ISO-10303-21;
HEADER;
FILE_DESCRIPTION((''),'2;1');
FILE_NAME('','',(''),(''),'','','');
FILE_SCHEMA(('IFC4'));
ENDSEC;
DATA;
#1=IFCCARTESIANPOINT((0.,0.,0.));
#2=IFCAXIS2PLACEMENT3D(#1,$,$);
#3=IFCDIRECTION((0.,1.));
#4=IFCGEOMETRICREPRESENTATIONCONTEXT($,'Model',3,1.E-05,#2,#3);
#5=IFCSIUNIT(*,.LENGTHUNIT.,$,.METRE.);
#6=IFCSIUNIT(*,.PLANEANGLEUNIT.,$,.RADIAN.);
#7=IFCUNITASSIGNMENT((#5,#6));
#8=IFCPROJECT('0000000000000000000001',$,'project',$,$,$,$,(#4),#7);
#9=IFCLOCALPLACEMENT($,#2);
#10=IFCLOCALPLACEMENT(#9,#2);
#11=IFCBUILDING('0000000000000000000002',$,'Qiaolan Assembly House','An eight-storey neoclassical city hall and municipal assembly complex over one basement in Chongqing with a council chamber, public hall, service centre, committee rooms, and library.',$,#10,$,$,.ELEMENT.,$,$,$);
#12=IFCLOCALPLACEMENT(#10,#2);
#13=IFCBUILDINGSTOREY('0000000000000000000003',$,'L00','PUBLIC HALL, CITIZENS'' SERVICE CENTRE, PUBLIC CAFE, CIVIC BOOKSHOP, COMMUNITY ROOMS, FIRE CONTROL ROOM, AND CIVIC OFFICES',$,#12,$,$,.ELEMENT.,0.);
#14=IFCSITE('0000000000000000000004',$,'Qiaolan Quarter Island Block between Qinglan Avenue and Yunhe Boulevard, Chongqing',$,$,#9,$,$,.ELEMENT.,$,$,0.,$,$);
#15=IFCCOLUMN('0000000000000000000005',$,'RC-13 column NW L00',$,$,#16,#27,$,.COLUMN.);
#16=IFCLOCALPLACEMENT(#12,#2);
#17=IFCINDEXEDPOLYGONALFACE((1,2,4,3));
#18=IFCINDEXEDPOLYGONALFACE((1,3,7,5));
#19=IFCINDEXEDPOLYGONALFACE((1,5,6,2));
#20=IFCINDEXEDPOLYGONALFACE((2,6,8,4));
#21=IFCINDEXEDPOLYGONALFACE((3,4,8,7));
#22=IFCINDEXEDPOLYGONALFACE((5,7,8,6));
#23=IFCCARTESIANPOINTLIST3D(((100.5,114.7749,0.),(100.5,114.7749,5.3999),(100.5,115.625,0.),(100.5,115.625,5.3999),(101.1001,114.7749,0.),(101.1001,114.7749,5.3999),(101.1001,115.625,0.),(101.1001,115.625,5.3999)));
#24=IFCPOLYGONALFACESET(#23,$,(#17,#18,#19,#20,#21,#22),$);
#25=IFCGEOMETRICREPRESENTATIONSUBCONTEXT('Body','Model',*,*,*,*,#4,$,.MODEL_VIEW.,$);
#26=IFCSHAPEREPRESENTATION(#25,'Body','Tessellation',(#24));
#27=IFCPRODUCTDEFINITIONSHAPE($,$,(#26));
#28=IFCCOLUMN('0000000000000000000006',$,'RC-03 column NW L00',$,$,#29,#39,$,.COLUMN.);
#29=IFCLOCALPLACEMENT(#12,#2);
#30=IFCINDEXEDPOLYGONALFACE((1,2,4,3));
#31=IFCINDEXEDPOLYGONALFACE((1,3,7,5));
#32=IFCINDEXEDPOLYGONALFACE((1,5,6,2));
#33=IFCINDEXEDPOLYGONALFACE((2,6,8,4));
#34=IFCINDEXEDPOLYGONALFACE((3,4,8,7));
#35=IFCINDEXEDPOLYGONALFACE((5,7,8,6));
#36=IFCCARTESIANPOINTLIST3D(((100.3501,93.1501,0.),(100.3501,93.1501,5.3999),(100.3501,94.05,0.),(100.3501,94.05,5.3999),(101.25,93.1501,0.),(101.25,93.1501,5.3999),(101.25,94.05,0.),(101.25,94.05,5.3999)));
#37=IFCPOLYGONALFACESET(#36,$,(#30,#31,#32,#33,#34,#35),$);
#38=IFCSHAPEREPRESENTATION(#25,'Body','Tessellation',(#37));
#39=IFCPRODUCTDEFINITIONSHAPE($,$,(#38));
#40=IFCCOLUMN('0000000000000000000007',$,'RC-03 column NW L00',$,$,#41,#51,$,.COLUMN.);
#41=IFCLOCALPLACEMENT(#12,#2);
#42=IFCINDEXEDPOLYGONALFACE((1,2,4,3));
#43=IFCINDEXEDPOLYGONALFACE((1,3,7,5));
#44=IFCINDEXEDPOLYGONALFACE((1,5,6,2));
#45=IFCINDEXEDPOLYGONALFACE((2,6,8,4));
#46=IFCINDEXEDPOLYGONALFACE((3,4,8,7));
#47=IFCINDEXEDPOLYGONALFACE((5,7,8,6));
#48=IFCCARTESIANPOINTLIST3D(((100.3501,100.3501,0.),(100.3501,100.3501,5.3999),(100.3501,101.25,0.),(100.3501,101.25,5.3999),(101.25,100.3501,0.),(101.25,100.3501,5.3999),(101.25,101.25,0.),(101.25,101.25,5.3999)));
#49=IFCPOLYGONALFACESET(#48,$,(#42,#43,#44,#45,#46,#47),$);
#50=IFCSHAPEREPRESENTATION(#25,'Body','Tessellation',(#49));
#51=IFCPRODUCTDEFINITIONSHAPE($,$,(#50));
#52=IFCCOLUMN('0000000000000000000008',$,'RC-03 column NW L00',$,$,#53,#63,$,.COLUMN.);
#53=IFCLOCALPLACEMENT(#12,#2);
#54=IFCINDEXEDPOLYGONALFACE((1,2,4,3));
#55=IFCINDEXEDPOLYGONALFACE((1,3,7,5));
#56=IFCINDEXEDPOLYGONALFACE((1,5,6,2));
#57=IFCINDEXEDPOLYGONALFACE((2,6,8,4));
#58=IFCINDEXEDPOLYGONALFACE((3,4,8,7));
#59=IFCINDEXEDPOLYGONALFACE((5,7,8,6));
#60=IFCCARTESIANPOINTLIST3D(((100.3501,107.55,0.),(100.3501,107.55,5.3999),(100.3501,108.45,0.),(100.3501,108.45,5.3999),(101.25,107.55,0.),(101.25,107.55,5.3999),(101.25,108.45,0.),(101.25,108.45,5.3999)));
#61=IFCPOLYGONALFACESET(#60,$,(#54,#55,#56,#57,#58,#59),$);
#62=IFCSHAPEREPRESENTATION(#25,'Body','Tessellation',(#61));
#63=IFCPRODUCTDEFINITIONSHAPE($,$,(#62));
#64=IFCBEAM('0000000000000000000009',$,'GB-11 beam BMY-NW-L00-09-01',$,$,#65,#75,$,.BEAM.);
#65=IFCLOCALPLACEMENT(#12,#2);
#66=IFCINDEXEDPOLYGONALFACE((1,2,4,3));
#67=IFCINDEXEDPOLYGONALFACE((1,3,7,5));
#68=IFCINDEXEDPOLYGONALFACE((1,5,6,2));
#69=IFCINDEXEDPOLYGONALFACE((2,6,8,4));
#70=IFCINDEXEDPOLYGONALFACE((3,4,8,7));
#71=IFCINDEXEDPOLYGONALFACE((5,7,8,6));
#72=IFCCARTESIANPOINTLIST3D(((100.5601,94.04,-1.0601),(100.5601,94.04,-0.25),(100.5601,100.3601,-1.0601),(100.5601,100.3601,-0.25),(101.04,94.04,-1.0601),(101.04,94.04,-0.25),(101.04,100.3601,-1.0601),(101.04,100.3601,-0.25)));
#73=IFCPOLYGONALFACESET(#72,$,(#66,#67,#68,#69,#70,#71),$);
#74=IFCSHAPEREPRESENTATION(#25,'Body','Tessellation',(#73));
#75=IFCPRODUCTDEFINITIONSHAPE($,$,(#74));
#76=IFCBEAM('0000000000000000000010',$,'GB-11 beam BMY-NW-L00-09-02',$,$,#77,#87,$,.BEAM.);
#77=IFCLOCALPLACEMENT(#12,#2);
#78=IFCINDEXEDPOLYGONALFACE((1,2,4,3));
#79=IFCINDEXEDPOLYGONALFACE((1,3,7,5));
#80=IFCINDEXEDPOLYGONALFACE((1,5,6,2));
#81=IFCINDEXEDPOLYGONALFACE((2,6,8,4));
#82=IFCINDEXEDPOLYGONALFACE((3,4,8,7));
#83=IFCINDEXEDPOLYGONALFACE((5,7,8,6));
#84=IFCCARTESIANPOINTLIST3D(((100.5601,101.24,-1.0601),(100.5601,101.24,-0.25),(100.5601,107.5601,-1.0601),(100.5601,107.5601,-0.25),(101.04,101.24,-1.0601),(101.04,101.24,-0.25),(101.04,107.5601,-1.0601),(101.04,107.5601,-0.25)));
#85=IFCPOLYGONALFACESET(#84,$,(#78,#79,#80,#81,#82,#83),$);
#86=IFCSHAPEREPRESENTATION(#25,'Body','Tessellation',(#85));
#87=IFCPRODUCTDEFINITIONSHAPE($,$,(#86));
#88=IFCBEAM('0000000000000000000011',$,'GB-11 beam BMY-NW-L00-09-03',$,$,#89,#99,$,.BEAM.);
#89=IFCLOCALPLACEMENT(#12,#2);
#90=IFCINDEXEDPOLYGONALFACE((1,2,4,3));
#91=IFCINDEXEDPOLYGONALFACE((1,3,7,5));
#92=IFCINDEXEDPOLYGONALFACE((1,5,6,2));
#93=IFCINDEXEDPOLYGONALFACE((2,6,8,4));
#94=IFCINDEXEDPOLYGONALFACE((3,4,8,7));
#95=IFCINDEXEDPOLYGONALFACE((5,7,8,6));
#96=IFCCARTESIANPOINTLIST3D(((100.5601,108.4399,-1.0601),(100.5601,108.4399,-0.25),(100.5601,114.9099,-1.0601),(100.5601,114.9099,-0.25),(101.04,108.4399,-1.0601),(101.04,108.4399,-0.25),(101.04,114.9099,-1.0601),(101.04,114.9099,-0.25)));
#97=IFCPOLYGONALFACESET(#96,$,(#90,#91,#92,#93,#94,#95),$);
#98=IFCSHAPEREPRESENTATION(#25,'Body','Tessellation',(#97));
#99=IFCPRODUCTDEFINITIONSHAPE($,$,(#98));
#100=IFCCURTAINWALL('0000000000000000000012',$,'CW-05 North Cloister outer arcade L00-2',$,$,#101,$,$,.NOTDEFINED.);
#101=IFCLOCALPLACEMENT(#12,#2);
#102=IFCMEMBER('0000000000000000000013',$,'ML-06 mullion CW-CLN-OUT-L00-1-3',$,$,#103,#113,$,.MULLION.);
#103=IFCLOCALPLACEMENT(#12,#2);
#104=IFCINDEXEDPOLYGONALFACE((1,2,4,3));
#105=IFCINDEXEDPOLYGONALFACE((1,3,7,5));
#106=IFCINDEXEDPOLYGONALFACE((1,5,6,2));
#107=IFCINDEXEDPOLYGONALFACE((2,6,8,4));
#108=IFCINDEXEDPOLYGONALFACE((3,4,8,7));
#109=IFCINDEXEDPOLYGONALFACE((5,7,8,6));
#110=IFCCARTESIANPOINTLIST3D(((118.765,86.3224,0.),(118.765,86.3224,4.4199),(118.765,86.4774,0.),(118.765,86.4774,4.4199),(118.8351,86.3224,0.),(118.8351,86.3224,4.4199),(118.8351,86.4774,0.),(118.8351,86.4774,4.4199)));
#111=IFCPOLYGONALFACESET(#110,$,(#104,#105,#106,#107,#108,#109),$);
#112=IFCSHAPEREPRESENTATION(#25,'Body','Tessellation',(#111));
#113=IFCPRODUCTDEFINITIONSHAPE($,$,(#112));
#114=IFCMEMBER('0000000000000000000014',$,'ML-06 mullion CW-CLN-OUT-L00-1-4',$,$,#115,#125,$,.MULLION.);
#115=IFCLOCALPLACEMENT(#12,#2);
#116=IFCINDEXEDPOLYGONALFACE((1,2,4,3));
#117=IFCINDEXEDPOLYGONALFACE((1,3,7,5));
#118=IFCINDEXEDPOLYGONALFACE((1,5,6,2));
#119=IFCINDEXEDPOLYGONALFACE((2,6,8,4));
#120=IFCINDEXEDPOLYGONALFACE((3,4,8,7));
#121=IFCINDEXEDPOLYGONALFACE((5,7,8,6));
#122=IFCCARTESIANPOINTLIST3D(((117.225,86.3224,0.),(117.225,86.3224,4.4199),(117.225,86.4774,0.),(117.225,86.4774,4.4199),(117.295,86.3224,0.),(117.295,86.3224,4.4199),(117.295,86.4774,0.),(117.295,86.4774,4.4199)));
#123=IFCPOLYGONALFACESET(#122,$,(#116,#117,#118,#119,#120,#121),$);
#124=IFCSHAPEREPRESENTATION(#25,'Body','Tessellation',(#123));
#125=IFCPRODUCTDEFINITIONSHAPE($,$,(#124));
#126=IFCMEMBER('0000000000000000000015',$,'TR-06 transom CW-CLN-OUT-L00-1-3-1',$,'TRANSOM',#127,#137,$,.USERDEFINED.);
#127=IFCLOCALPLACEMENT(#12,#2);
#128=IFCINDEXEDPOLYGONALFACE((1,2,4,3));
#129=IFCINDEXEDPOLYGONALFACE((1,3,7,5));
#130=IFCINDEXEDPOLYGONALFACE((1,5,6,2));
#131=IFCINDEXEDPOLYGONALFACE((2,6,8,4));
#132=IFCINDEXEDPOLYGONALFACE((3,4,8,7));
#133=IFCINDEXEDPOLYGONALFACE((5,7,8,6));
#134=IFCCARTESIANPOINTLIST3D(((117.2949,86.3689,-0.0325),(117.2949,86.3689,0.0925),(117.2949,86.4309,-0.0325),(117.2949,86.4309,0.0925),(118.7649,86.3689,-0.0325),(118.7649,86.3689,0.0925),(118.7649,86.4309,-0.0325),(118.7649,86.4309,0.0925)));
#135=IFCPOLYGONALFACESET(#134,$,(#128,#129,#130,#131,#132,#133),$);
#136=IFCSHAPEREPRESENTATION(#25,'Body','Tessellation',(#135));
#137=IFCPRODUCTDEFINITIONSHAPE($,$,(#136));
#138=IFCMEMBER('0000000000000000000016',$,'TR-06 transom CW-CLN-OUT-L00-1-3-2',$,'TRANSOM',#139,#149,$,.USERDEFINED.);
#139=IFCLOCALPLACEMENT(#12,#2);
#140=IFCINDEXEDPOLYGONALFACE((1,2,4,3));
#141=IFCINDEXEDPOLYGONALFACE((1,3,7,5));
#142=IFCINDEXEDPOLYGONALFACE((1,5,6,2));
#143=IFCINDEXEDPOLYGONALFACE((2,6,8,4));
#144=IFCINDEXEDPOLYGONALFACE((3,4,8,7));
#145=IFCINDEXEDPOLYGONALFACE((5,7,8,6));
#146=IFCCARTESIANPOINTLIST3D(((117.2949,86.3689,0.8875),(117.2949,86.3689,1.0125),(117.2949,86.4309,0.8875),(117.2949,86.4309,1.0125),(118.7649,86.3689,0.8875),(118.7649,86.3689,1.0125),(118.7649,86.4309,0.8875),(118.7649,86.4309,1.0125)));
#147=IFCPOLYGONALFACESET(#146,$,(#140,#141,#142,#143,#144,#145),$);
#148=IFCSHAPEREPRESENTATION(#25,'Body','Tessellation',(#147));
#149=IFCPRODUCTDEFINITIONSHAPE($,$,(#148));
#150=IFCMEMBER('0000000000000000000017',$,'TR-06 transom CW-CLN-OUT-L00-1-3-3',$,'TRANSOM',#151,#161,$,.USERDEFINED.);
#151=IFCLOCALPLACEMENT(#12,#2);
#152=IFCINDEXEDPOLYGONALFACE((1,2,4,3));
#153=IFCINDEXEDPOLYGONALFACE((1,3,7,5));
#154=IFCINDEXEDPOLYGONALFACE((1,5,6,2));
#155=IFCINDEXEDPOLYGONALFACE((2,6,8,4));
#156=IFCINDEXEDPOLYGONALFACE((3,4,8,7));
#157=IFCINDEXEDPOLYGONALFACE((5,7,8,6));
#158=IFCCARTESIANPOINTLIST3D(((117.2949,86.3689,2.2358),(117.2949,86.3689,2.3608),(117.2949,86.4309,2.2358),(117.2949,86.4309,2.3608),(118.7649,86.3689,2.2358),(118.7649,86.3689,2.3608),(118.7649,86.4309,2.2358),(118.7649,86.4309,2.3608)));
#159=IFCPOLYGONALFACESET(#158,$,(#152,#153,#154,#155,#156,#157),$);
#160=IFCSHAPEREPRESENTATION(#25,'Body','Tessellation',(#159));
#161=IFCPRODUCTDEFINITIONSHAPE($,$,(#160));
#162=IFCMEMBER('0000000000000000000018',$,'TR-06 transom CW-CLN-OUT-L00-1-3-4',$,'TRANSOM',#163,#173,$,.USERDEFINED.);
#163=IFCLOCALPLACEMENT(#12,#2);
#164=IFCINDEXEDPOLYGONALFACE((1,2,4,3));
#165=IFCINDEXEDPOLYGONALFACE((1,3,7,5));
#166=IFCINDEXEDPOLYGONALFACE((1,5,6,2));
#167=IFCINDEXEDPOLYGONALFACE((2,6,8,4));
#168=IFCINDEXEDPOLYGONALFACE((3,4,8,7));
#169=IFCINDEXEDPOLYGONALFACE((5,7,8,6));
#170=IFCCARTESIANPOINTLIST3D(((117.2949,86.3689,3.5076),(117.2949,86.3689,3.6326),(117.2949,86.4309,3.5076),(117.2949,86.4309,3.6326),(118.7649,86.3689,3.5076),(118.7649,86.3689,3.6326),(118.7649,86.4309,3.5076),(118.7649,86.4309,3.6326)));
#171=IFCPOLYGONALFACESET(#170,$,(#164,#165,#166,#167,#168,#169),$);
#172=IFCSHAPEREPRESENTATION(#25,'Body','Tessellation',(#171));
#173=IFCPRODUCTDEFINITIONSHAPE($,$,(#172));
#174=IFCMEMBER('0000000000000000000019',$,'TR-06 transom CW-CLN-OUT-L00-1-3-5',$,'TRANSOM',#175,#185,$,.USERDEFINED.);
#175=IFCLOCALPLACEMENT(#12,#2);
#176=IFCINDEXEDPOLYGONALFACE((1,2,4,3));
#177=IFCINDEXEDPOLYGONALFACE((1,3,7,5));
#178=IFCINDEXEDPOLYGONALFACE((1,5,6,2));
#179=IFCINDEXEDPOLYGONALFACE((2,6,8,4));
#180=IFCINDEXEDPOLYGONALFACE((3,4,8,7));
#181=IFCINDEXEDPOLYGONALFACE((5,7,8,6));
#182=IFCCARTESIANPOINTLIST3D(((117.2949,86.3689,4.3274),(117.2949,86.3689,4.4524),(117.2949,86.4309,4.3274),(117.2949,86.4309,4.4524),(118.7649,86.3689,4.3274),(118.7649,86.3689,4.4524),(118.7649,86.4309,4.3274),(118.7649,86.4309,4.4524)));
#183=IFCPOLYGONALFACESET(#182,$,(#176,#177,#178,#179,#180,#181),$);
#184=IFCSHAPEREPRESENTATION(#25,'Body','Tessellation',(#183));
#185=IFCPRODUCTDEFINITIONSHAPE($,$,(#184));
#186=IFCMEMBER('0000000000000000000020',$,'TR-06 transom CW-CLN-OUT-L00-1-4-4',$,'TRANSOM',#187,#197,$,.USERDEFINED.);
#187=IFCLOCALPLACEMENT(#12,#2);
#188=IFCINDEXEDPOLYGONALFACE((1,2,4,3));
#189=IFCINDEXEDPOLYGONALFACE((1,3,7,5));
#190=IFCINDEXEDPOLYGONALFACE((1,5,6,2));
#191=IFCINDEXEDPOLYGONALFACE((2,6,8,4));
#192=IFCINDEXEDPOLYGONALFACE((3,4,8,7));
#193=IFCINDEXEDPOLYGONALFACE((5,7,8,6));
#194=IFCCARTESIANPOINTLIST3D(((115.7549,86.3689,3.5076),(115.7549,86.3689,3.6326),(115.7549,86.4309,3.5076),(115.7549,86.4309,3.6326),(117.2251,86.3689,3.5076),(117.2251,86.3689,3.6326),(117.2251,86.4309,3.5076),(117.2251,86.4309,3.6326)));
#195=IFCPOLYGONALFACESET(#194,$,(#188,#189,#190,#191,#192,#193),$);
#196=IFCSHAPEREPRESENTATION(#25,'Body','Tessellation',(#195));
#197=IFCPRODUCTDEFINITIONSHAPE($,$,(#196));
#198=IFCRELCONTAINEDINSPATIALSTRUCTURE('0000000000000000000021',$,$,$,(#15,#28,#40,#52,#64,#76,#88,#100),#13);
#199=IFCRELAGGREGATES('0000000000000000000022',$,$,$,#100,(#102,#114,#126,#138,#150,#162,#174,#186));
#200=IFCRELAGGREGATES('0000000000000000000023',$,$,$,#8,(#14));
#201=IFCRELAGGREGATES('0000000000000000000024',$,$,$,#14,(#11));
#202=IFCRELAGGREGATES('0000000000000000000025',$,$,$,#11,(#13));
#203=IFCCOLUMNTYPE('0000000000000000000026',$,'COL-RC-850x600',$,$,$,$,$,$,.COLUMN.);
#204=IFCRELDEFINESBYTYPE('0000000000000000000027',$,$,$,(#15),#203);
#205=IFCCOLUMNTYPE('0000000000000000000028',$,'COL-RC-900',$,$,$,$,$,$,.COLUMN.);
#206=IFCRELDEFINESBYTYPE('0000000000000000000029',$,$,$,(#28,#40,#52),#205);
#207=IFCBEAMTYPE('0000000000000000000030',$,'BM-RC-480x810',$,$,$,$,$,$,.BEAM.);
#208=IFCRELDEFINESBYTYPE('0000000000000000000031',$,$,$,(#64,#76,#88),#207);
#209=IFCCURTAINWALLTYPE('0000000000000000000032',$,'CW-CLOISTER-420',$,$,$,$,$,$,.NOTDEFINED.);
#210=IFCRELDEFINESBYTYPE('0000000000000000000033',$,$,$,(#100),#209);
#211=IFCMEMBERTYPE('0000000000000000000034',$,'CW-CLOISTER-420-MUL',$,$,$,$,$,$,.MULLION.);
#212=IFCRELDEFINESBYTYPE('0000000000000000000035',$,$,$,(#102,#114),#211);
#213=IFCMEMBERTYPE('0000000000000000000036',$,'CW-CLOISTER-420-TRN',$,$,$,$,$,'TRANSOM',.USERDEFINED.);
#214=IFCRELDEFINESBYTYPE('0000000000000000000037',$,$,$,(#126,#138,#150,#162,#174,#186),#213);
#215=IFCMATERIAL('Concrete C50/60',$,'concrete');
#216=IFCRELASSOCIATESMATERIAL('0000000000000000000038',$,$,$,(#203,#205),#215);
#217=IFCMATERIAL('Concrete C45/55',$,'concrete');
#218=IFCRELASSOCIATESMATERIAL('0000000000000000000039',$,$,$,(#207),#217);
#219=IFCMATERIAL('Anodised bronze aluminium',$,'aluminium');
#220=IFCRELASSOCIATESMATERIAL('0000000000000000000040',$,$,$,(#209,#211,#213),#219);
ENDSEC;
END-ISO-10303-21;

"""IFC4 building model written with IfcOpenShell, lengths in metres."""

from ifc_helpers import new_model, si_unit, direction, frame, origin, origin_2d, place, context, subcontext, project, spatial, rectangle, extrude, material, material_profile, profile_set, type_object, element, aggregate, save


model = new_model("IFC4")

# Units and contexts
model_context = context("Model", 3, precision=1e-05, world=origin(), true_north=direction((0.0, 1.0)))
body_context = subcontext(model_context, "Body", "Model", "MODEL_VIEW")
ifc_project = project(units=[si_unit("LENGTHUNIT", "METRE"), si_unit("PLANEANGLEUNIT", "RADIAN")], contexts=[model_context])

# Site, building, storey
site_placement = place(None, origin())
site = spatial("IfcSite", under=ifc_project, at=site_placement, Name="Qiaolan Quarter Island Block between Qinglan Avenue and Yunhe Boulevard, Chongqing", CompositionType="ELEMENT", RefElevation=0.0)
building_placement = place(site_placement, origin())
building = spatial("IfcBuilding", under=site, at=building_placement, Name="Qiaolan Assembly House", Description="An eight-storey neoclassical city hall and municipal assembly complex over one basement in Chongqing with a council chamber, public hall, service centre, committee rooms, and library.", CompositionType="ELEMENT")
storey_placement = place(building_placement, origin())
storey = spatial("IfcBuildingStorey", under=building, at=storey_placement, Name="L00", Description="PUBLIC HALL, CITIZENS' SERVICE CENTRE, PUBLIC CAFE, CIVIC BOOKSHOP, COMMUNITY ROOMS, FIRE CONTROL ROOM, AND CIVIC OFFICES", CompositionType="ELEMENT", Elevation=0.0)

# Columns
ifc_material_1 = material(Name="Concrete C50/60", Category="concrete")
ifc_material_profile_1 = material_profile(ifc_material_1, rectangle(XDim=0.6001, YDim=0.8501, at=origin_2d()), Name="RC 850x600")
ifc_profile_set_1 = profile_set([ifc_material_profile_1], Name="Concrete C50/60")
column_type_1 = type_object("IfcColumnType", Name="COL-RC-850x600", PredefinedType="COLUMN", material=ifc_profile_set_1)
column_placement = place(storey_placement, frame((100.8, 115.2, 0.0), z_axis=(0.0, 0.0, 1.0), x_axis=(1.0, 0.0, 0.0)))
element("IfcColumn", 1, at=column_placement, inside=storey, type_object=column_type_1, Name="RC-13 column NW L00", PredefinedType="COLUMN", context=body_context, shape_type="SweptSolid", body=[
    extrude(rectangle(XDim=0.6001, YDim=0.8501, at=origin_2d()), origin(), (0.0, 0.0, 1.0), 5.3999),
])
ifc_material_profile_2 = material_profile(ifc_material_1, rectangle(XDim=0.8999, YDim=0.8999, at=origin_2d()), Name="RC 900x900")
ifc_profile_set_2 = profile_set([ifc_material_profile_2], Name="Concrete C50/60")
column_type_2 = type_object("IfcColumnType", Name="COL-RC-900", PredefinedType="COLUMN", material=ifc_profile_set_2)
for number, where, z_axis, x_axis, name in (
    (2, (100.8, 93.6001, 0.0), (0.0, 0.0, 1.0), (1.0, 0.0, 0.0), "RC-03 column NW L00"),
    (3, (100.8, 100.8, 0.0), (0.0, 0.0, 1.0), (1.0, 0.0, 0.0), "RC-03 column NW L00"),
    (4, (100.8, 108.0, 0.0), (0.0, 0.0, 1.0), (1.0, 0.0, 0.0), "RC-03 column NW L00"),
):
    element("IfcColumn", number, at=place(storey_placement, frame(where, z_axis=z_axis, x_axis=x_axis)), inside=storey, type_object=column_type_2, Name=name, PredefinedType="COLUMN", context=body_context, shape_type="SweptSolid", body=[
        extrude(rectangle(XDim=0.8999, YDim=0.8999, at=origin_2d()), origin(), (0.0, 0.0, 1.0), 5.3999),
    ])

# Beams
ifc_material_2 = material(Name="Concrete C45/55", Category="concrete")
ifc_material_profile_3 = material_profile(ifc_material_2, rectangle(XDim=0.48, YDim=0.8101, at=origin_2d()), Name="RCB 480x810")
ifc_profile_set_3 = profile_set([ifc_material_profile_3], Name="Concrete C45/55")
beam_type = type_object("IfcBeamType", Name="BM-RC-480x810", PredefinedType="BEAM", material=ifc_profile_set_3)
for number, where, z_axis, x_axis, name in (
    (5, (100.8, 94.04, -0.655), (0.0, 1.0, 0.0), (-1.0, 0.0, 0.0), "GB-11 beam BMY-NW-L00-09-01"),
    (6, (100.8, 101.24, -0.655), (0.0, 1.0, 0.0), (-1.0, 0.0, 0.0), "GB-11 beam BMY-NW-L00-09-02"),
):
    element("IfcBeam", number, at=place(storey_placement, frame(where, z_axis=z_axis, x_axis=x_axis)), inside=storey, type_object=beam_type, Name=name, PredefinedType="BEAM", context=body_context, shape_type="SweptSolid", body=[
        extrude(rectangle(XDim=0.48, YDim=0.8101, at=origin_2d()), origin(), (0.0, 0.0, 1.0), 6.3201),
    ])
beam_placement = place(storey_placement, frame((100.8, 108.4399, -0.655), z_axis=(0.0, 1.0, 0.0), x_axis=(-1.0, 0.0, 0.0)))
element("IfcBeam", 7, at=beam_placement, inside=storey, type_object=beam_type, Name="GB-11 beam BMY-NW-L00-09-03", PredefinedType="BEAM", context=body_context, shape_type="SweptSolid", body=[
    extrude(rectangle(XDim=0.48, YDim=0.8101, at=origin_2d()), origin(), (0.0, 0.0, 1.0), 6.47),
])

# Curtain wall, members
ifc_material_3 = material(Name="Anodised bronze aluminium", Category="aluminium")
curtain_wall_type = type_object("IfcCurtainWallType", Name="CW-CLOISTER-420", PredefinedType="NOTDEFINED", material=ifc_material_3)
curtain_wall_placement = place(storey_placement, origin())
curtain_wall = element("IfcCurtainWall", 8, at=curtain_wall_placement, inside=storey, type_object=curtain_wall_type, Name="CW-05 North Cloister outer arcade L00-2", PredefinedType="NOTDEFINED")
ifc_material_profile_4 = material_profile(ifc_material_3, rectangle(XDim=0.0701, YDim=0.155, at=origin_2d()), Name="MUL 70x155")
ifc_profile_set_4 = profile_set([ifc_material_profile_4], Name="Anodised bronze aluminium")
member_type_1 = type_object("IfcMemberType", Name="CW-CLOISTER-420-MUL", PredefinedType="MULLION", material=ifc_profile_set_4)
member_1_placement = place(storey_placement, frame((118.8, 86.3999, 0.0), z_axis=(0.0, 0.0, 1.0), x_axis=(-1.0, 0.0, 0.0)))
member_1 = element("IfcMember", 9, at=member_1_placement, type_object=member_type_1, Name="ML-06 mullion CW-CLN-OUT-L00-1-3", PredefinedType="MULLION", context=body_context, shape_type="SweptSolid", body=[
    extrude(rectangle(XDim=0.0701, YDim=0.155, at=origin_2d()), origin(), (0.0, 0.0, 1.0), 4.4199),
])
member_2_placement = place(storey_placement, frame((117.26, 86.3999, 0.0), z_axis=(0.0, 0.0, 1.0), x_axis=(-1.0, 0.0, 0.0)))
member_2 = element("IfcMember", 10, at=member_2_placement, type_object=member_type_1, Name="ML-06 mullion CW-CLN-OUT-L00-1-4", PredefinedType="MULLION", context=body_context, shape_type="SweptSolid", body=[
    extrude(rectangle(XDim=0.0701, YDim=0.155, at=origin_2d()), origin(), (0.0, 0.0, 1.0), 4.4199),
])
ifc_material_profile_5 = material_profile(ifc_material_3, rectangle(XDim=0.062, YDim=0.125, at=origin_2d()), Name="TRN 62x125")
ifc_profile_set_5 = profile_set([ifc_material_profile_5], Name="Anodised bronze aluminium")
member_type_2 = type_object("IfcMemberType", Name="CW-CLOISTER-420-TRN", ElementType="TRANSOM", PredefinedType="USERDEFINED", material=ifc_profile_set_5)
member_3_placement = place(storey_placement, frame((118.7649, 86.3999, 0.03), z_axis=(-1.0, 0.0, 0.0), x_axis=(0.0, -1.0, 0.0)))
member_3 = element("IfcMember", 11, at=member_3_placement, type_object=member_type_2, Name="TR-06 transom CW-CLN-OUT-L00-1-3-1", ObjectType="TRANSOM", PredefinedType="USERDEFINED", context=body_context, shape_type="SweptSolid", body=[
    extrude(rectangle(XDim=0.062, YDim=0.125, at=origin_2d()), origin(), (0.0, 0.0, 1.0), 1.47),
])
member_4_placement = place(storey_placement, frame((118.7649, 86.3999, 0.95), z_axis=(-1.0, 0.0, 0.0), x_axis=(0.0, -1.0, 0.0)))
member_4 = element("IfcMember", 12, at=member_4_placement, type_object=member_type_2, Name="TR-06 transom CW-CLN-OUT-L00-1-3-2", ObjectType="TRANSOM", PredefinedType="USERDEFINED", context=body_context, shape_type="SweptSolid", body=[
    extrude(rectangle(XDim=0.062, YDim=0.125, at=origin_2d()), origin(), (0.0, 0.0, 1.0), 1.47),
])
member_5_placement = place(storey_placement, frame((118.7649, 86.3999, 2.2983), z_axis=(-1.0, 0.0, 0.0), x_axis=(0.0, -1.0, 0.0)))
member_5 = element("IfcMember", 13, at=member_5_placement, type_object=member_type_2, Name="TR-06 transom CW-CLN-OUT-L00-1-3-3", ObjectType="TRANSOM", PredefinedType="USERDEFINED", context=body_context, shape_type="SweptSolid", body=[
    extrude(rectangle(XDim=0.062, YDim=0.125, at=origin_2d()), origin(), (0.0, 0.0, 1.0), 1.47),
])
member_6_placement = place(storey_placement, frame((118.7649, 86.3999, 3.5701), z_axis=(-1.0, 0.0, 0.0), x_axis=(0.0, -1.0, 0.0)))
member_6 = element("IfcMember", 14, at=member_6_placement, type_object=member_type_2, Name="TR-06 transom CW-CLN-OUT-L00-1-3-4", ObjectType="TRANSOM", PredefinedType="USERDEFINED", context=body_context, shape_type="SweptSolid", body=[
    extrude(rectangle(XDim=0.062, YDim=0.125, at=origin_2d()), origin(), (0.0, 0.0, 1.0), 1.47),
])
member_7_placement = place(storey_placement, frame((118.7649, 86.3999, 4.3899), z_axis=(-1.0, 0.0, 0.0), x_axis=(0.0, -1.0, 0.0)))
member_7 = element("IfcMember", 15, at=member_7_placement, type_object=member_type_2, Name="TR-06 transom CW-CLN-OUT-L00-1-3-5", ObjectType="TRANSOM", PredefinedType="USERDEFINED", context=body_context, shape_type="SweptSolid", body=[
    extrude(rectangle(XDim=0.062, YDim=0.125, at=origin_2d()), origin(), (0.0, 0.0, 1.0), 1.47),
])
member_8_placement = place(storey_placement, frame((117.2251, 86.3999, 3.5701), z_axis=(-1.0, 0.0, 0.0), x_axis=(0.0, -1.0, 0.0)))
member_8 = element("IfcMember", 16, at=member_8_placement, type_object=member_type_2, Name="TR-06 transom CW-CLN-OUT-L00-1-4-4", ObjectType="TRANSOM", PredefinedType="USERDEFINED", context=body_context, shape_type="SweptSolid", body=[
    extrude(rectangle(XDim=0.062, YDim=0.125, at=origin_2d()), origin(), (0.0, 0.0, 1.0), 1.4702),
])
aggregate(curtain_wall, [member_1, member_2, member_3, member_4, member_5, member_6, member_7, member_8])

save(model, "model.ifc")
